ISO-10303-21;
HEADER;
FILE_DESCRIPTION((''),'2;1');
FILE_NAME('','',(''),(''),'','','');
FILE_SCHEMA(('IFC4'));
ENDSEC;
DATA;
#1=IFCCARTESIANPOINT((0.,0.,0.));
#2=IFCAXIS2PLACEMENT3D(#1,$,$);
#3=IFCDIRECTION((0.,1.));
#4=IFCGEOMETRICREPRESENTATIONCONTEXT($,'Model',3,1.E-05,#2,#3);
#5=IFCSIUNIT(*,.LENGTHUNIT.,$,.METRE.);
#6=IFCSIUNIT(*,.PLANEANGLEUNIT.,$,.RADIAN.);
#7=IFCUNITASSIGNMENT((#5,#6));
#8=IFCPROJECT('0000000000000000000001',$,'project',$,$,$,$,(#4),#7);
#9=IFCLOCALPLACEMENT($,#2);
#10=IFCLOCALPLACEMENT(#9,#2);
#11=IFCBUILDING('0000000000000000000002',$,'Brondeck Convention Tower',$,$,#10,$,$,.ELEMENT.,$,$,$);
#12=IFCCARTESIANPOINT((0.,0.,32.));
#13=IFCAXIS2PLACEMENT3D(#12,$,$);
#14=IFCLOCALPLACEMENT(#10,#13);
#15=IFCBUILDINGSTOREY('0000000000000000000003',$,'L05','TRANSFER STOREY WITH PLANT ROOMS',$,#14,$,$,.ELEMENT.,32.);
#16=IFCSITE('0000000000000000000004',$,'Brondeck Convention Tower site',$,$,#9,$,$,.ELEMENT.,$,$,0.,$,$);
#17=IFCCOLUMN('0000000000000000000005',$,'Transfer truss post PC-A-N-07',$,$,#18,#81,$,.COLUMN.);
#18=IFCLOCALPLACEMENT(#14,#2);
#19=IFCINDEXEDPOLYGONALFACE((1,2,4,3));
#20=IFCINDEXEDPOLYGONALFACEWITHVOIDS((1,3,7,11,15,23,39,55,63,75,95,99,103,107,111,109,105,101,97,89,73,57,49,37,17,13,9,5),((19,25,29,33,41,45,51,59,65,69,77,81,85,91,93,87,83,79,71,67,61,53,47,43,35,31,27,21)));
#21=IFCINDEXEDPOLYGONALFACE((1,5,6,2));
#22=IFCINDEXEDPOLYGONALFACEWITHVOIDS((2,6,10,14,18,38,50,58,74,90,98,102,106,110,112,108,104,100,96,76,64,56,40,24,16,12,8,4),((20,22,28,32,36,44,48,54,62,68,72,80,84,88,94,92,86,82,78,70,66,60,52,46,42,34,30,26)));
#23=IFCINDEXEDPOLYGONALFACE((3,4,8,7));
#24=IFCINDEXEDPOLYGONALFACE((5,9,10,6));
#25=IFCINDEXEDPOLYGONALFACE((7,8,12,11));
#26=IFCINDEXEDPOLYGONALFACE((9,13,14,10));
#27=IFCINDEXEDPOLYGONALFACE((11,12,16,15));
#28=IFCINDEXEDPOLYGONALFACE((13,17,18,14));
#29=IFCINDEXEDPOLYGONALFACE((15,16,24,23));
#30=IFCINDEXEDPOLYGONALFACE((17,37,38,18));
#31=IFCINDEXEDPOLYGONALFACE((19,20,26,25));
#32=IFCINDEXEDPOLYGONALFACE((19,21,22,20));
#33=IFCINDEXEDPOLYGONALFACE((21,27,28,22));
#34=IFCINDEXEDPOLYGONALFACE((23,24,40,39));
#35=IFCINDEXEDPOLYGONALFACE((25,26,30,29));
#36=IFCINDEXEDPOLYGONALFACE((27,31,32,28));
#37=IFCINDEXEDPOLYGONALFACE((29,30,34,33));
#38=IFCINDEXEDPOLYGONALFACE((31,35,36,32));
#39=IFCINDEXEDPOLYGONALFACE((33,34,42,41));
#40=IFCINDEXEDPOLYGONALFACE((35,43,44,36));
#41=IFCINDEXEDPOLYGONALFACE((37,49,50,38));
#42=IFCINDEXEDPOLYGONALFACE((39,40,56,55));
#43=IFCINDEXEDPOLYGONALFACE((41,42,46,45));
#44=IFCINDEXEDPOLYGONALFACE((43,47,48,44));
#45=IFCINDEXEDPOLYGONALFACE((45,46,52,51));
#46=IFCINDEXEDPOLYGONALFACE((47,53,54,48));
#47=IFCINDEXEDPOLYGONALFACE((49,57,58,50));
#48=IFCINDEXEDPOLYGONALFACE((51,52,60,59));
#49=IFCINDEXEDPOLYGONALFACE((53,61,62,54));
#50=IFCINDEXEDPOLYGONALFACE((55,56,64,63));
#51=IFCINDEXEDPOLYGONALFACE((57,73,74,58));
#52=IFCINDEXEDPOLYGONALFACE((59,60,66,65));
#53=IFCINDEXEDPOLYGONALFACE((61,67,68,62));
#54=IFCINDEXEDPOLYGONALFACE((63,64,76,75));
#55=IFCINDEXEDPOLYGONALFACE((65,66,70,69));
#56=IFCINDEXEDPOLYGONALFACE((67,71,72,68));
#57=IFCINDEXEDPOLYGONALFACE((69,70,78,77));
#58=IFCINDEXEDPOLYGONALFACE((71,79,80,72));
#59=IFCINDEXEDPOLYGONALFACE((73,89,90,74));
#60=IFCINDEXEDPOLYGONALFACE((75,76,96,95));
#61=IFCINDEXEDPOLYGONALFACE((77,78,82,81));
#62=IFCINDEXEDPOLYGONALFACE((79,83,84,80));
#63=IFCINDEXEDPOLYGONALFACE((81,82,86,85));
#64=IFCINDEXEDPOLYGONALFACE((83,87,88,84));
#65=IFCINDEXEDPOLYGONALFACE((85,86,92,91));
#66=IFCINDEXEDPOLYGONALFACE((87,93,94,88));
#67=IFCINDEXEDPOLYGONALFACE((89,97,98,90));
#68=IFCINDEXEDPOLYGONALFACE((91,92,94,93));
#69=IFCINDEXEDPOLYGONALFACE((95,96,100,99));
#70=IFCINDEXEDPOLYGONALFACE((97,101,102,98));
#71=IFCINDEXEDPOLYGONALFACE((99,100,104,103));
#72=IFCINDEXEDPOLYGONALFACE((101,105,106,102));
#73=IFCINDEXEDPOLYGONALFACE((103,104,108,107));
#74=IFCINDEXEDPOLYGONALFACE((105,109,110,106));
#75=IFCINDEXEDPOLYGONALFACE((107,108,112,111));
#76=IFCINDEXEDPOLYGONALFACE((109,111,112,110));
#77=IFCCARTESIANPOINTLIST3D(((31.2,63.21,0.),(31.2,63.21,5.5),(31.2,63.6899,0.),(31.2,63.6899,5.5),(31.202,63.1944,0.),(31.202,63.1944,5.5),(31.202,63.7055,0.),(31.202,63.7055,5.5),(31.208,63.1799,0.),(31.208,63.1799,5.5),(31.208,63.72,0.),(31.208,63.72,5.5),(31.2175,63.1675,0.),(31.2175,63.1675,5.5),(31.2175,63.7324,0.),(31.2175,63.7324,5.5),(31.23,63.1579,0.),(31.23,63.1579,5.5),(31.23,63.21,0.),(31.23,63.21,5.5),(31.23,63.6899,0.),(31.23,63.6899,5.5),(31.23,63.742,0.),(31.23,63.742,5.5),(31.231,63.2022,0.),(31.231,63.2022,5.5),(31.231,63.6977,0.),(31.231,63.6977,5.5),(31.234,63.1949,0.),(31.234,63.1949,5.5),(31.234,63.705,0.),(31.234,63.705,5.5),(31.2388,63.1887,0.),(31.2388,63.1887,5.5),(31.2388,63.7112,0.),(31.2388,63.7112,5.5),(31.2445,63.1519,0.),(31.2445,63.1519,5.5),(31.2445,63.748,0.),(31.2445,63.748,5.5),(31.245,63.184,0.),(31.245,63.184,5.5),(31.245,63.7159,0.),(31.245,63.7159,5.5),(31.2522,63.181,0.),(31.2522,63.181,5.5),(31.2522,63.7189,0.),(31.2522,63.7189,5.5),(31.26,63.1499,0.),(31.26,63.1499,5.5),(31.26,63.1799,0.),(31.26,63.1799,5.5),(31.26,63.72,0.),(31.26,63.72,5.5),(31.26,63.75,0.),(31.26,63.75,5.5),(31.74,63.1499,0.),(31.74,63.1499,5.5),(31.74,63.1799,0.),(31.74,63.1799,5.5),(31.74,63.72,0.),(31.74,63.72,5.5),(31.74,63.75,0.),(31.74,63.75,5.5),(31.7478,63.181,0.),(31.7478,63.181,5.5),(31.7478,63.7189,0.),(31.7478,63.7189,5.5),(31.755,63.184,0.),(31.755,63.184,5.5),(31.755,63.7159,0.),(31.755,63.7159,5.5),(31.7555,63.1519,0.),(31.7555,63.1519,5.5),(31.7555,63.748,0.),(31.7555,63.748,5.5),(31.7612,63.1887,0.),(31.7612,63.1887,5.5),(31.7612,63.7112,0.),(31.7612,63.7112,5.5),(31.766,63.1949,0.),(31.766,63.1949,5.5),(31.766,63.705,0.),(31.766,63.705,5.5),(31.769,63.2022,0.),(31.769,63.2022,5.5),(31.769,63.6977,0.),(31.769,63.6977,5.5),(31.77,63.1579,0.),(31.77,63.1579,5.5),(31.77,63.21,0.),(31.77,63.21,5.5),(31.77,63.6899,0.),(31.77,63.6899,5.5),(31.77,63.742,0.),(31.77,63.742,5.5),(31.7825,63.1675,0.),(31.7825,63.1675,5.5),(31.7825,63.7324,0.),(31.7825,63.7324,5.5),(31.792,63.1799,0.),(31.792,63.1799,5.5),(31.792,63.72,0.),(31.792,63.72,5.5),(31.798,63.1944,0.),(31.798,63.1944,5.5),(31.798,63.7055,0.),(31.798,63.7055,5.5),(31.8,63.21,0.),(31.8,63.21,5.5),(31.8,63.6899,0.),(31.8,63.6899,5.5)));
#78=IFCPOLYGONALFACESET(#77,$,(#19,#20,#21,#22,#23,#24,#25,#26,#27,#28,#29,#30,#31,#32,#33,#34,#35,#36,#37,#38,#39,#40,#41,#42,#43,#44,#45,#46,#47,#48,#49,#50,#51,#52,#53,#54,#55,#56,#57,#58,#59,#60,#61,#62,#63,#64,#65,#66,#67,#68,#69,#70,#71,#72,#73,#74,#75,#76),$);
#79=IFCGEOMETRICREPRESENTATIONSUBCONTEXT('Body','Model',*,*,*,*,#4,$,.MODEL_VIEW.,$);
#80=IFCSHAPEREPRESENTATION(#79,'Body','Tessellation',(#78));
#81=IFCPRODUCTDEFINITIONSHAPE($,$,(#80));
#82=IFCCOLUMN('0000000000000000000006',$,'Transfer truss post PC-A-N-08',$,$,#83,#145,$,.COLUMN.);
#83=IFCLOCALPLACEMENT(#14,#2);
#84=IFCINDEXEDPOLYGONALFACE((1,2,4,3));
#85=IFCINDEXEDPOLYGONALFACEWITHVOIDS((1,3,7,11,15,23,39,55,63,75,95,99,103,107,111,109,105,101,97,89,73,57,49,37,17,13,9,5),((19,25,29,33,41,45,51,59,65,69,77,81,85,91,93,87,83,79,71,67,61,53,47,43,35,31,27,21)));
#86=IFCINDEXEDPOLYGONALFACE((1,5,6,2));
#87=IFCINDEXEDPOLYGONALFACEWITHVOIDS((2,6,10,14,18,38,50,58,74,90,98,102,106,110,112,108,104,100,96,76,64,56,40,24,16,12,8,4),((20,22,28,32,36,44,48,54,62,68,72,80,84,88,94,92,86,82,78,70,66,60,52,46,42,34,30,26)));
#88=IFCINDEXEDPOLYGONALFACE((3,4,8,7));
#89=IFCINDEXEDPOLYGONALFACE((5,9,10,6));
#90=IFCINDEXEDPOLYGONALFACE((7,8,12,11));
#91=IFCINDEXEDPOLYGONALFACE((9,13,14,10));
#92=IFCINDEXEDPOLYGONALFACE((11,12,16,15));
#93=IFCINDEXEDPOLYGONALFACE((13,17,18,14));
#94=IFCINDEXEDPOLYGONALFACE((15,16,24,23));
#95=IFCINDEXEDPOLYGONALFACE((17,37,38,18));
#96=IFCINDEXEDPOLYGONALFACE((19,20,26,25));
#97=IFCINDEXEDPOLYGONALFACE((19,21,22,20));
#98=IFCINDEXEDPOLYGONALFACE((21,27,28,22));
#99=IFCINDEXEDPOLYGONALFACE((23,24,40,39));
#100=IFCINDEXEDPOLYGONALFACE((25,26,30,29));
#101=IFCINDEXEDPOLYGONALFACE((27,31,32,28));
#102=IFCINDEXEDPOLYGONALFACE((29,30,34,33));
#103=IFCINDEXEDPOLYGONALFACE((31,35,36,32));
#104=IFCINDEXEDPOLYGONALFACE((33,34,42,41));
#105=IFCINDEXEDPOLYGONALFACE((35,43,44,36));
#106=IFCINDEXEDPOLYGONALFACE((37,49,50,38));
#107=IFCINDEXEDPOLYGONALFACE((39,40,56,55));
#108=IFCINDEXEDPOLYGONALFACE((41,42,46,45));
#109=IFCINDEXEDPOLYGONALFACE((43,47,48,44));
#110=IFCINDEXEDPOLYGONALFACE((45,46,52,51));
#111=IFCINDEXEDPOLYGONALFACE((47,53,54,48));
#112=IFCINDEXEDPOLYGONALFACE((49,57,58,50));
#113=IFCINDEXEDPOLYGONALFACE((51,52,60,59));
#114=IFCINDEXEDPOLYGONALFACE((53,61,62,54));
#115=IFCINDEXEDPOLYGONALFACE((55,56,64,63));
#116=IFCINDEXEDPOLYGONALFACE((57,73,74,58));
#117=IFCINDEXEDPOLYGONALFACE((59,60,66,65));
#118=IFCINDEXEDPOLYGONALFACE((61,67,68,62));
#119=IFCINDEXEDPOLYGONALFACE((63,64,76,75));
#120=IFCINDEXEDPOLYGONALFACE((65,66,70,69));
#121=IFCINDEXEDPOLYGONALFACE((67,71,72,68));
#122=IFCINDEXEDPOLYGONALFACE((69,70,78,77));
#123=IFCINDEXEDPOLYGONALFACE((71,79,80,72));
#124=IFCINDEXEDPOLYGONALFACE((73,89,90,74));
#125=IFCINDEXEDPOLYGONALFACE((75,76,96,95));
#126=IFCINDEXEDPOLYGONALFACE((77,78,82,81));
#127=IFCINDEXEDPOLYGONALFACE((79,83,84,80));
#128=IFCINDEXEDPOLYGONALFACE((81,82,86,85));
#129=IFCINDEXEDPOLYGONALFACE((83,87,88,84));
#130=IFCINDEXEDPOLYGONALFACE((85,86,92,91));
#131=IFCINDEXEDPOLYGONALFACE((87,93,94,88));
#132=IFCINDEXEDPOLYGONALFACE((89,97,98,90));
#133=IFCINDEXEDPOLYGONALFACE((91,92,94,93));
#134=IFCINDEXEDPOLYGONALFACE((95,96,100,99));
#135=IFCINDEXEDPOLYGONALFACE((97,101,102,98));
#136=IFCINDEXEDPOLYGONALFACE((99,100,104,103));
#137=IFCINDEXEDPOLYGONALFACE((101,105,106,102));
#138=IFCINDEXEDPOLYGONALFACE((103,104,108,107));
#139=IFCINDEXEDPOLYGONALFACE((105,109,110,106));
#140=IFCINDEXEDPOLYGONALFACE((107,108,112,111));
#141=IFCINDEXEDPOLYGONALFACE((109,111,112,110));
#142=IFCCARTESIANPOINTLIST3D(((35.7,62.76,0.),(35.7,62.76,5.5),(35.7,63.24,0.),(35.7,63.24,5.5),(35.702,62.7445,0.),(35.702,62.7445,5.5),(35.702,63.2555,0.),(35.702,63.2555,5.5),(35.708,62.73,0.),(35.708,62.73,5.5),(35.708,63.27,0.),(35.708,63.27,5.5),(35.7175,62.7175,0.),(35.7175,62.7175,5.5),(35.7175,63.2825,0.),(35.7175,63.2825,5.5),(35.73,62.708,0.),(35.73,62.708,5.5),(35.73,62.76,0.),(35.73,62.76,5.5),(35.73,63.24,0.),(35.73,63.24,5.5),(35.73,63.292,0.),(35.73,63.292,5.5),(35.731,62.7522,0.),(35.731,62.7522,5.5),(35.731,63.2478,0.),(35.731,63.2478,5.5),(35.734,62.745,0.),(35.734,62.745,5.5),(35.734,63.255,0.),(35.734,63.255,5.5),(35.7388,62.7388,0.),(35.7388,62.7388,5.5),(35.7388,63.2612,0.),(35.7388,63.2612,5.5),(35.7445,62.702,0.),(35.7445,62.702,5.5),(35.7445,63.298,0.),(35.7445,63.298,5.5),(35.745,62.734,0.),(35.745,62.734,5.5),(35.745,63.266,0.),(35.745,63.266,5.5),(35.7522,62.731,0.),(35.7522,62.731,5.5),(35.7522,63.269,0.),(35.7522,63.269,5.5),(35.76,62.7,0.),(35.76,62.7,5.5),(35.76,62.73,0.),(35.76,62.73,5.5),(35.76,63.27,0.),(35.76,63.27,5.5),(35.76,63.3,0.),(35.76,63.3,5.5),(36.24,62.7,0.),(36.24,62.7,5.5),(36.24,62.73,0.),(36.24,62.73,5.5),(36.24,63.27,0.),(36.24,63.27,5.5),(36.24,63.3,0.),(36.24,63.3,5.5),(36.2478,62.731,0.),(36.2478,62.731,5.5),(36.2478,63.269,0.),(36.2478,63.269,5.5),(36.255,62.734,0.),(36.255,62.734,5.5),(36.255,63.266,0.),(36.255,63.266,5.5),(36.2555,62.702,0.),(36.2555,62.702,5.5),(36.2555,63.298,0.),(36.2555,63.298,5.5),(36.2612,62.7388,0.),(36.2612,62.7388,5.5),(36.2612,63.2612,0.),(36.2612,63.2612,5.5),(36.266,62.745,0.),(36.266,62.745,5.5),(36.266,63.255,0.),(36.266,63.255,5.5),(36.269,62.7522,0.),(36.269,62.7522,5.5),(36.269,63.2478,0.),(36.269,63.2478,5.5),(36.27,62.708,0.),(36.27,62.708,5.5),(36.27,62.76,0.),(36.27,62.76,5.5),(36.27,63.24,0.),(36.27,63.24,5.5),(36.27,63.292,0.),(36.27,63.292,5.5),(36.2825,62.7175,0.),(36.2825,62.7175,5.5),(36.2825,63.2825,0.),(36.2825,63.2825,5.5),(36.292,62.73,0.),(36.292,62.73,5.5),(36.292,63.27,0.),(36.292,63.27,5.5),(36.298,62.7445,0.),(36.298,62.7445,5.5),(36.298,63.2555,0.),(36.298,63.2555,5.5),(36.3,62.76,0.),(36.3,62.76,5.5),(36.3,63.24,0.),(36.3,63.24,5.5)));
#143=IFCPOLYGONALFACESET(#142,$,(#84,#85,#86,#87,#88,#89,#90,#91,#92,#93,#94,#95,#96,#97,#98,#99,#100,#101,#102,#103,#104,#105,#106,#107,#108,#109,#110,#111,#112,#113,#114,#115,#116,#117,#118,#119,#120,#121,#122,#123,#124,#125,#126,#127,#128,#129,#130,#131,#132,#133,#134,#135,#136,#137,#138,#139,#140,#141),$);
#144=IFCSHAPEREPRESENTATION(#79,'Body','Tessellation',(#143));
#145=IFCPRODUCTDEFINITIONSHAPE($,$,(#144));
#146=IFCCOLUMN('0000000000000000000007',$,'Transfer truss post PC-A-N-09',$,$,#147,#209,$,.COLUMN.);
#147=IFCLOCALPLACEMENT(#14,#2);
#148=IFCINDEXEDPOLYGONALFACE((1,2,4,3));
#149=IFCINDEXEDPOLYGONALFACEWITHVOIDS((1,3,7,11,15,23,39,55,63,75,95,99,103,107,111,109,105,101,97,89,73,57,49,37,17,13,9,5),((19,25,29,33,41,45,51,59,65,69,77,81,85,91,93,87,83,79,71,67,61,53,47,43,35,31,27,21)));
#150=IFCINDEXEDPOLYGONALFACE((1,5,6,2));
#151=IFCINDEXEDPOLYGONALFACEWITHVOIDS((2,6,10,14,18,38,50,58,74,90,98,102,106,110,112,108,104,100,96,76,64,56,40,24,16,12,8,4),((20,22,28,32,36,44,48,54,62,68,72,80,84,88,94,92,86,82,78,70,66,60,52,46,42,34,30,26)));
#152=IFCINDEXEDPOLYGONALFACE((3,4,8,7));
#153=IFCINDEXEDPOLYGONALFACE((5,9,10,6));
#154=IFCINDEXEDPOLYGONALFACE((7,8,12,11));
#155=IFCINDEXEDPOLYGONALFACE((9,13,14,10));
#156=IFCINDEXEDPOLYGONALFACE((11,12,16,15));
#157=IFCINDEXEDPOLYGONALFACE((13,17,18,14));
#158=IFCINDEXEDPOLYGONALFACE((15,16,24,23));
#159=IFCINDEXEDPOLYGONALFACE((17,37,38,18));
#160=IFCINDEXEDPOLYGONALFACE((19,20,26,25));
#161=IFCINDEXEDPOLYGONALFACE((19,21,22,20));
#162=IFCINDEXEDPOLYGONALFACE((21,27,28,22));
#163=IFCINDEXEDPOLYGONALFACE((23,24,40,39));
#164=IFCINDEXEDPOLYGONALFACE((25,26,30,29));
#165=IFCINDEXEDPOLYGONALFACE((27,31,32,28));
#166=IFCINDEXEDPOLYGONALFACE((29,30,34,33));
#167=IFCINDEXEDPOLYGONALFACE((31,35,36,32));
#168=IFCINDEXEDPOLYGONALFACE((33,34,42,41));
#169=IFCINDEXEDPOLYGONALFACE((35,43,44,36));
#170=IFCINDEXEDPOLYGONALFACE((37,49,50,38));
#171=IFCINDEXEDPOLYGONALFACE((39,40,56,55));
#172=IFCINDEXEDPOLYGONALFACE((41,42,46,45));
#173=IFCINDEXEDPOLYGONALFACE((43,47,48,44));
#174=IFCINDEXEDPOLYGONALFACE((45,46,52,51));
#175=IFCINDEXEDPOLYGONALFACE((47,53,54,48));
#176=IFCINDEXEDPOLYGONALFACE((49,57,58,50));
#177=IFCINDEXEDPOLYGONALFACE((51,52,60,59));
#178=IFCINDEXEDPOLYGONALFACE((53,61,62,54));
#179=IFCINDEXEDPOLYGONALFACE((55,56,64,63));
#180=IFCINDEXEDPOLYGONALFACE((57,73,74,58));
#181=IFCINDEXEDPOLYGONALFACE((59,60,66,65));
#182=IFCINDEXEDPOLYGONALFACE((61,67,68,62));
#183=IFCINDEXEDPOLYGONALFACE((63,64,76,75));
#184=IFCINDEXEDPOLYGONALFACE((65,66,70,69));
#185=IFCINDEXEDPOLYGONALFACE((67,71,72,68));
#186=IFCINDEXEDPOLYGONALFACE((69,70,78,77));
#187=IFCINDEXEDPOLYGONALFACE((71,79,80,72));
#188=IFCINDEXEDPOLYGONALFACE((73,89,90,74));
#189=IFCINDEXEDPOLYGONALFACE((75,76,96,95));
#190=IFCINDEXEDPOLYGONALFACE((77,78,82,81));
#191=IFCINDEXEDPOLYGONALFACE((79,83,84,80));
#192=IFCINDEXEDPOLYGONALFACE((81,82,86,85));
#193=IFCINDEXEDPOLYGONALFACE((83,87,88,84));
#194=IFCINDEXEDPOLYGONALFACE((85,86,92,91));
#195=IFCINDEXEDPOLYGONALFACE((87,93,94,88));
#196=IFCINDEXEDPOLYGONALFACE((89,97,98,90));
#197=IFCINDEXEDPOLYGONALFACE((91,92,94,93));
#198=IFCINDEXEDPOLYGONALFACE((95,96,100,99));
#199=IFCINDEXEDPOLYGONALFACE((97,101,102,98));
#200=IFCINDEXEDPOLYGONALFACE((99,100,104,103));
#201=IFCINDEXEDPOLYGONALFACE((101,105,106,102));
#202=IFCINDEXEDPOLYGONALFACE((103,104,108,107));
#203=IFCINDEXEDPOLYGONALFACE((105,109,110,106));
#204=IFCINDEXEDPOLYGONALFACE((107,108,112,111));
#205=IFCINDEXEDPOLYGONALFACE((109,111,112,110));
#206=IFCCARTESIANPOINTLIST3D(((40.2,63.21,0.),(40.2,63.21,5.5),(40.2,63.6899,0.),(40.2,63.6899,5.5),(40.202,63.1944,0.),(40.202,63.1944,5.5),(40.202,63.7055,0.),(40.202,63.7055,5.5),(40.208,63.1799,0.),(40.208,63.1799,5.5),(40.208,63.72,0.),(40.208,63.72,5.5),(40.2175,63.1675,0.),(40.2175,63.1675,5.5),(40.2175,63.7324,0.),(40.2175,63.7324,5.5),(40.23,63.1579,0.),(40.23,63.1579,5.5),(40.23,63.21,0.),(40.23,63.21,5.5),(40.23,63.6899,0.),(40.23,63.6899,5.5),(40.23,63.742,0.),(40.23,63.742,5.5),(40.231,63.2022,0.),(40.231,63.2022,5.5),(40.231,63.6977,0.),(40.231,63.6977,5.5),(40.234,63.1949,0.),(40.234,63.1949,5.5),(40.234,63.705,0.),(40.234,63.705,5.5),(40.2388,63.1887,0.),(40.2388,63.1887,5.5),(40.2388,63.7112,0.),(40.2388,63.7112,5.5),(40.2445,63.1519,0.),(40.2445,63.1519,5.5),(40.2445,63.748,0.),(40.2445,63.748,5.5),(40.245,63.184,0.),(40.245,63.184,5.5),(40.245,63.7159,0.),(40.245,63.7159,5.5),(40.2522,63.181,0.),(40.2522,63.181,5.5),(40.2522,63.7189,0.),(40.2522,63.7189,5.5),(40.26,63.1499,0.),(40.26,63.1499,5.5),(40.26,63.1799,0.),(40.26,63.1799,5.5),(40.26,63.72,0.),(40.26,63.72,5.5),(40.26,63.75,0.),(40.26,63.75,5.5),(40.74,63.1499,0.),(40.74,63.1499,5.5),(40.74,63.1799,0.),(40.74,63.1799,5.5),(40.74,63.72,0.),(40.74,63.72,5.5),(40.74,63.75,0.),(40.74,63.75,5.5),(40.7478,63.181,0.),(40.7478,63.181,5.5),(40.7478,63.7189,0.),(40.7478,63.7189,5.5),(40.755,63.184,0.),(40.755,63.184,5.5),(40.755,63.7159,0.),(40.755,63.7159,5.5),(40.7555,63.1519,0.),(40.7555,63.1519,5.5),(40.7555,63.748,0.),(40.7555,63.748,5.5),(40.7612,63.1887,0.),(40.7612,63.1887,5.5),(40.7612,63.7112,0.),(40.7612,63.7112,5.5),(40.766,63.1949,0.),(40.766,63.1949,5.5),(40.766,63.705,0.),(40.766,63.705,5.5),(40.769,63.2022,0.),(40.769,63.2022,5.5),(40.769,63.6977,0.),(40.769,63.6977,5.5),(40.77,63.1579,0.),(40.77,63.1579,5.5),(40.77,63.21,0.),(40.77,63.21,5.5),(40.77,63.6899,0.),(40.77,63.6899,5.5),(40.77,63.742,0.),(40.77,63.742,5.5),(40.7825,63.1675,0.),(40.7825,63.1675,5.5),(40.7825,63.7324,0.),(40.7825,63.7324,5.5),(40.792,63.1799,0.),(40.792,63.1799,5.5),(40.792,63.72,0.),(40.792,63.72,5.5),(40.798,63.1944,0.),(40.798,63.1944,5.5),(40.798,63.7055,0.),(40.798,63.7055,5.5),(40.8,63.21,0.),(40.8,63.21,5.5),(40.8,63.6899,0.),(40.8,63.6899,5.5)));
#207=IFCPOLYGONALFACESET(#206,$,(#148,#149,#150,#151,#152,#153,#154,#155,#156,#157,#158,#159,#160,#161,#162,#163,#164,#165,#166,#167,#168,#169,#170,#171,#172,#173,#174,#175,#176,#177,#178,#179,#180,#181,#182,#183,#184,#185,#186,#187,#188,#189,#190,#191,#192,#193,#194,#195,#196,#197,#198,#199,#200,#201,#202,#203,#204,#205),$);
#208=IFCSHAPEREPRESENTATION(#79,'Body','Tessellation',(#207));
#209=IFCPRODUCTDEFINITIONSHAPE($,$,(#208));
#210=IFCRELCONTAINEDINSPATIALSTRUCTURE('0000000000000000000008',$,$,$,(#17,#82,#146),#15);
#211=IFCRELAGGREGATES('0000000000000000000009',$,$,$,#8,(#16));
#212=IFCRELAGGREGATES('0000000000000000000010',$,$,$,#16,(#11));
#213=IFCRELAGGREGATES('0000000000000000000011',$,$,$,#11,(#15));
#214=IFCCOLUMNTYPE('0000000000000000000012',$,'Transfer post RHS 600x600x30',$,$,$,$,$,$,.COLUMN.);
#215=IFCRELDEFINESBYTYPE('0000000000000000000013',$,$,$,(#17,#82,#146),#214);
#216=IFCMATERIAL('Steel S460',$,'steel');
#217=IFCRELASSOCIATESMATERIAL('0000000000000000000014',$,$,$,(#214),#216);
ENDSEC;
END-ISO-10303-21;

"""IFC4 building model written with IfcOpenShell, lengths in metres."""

from ifc_helpers import new_model, si_unit, direction, frame, origin, origin_2d, place, context, subcontext, project, spatial, hollow_rectangle, extrude, material, material_profile, profile_set, type_object, element, save


model = new_model("IFC4")

# Units and contexts
model_context = context("Model", 3, precision=1e-05, world=origin(), true_north=direction((0.0, 1.0)))
body_context = subcontext(model_context, "Body", "Model", "MODEL_VIEW")
ifc_project = project(units=[si_unit("LENGTHUNIT", "METRE"), si_unit("PLANEANGLEUNIT", "RADIAN")], contexts=[model_context])

# Site, building, storey
site_placement = place(None, origin())
site = spatial("IfcSite", under=ifc_project, at=site_placement, Name="Brondeck Convention Tower site", CompositionType="ELEMENT", RefElevation=0.0)
building_placement = place(site_placement, origin())
building = spatial("IfcBuilding", under=site, at=building_placement, Name="Brondeck Convention Tower", CompositionType="ELEMENT")
storey_placement = place(building_placement, frame((0.0, 0.0, 32.0)))
storey = spatial("IfcBuildingStorey", under=building, at=storey_placement, Name="L05", Description="TRANSFER STOREY WITH PLANT ROOMS", CompositionType="ELEMENT", Elevation=32.0)

# Columns
ifc_material_1 = material(Name="Steel S460", Category="steel")
ifc_material_profile_1 = material_profile(ifc_material_1, hollow_rectangle(XDim=0.6001, YDim=0.6001, WallThickness=0.03, InnerFilletRadius=0.03, OuterFilletRadius=0.0601, at=origin_2d()), Name="RHS 600x600x30")
ifc_profile_set_1 = profile_set([ifc_material_profile_1], Name="Steel S460")
column_type = type_object("IfcColumnType", Name="Transfer post RHS 600x600x30", PredefinedType="COLUMN", material=ifc_profile_set_1)
for number, where, z_axis, x_axis, name in (
    (1, (31.5, 63.45, 0.0), (0.0, 0.0, 1.0), (1.0, 0.0, 0.0), "Transfer truss post PC-A-N-07"),
    (2, (36.0, 63.0, 0.0), (0.0, 0.0, 1.0), (1.0, 0.0, 0.0), "Transfer truss post PC-A-N-08"),
    (3, (40.5, 63.45, 0.0), (0.0, 0.0, 1.0), (1.0, 0.0, 0.0), "Transfer truss post PC-A-N-09"),
):
    element("IfcColumn", number, at=place(storey_placement, frame(where, z_axis=z_axis, x_axis=x_axis)), inside=storey, type_object=column_type, Name=name, PredefinedType="COLUMN", context=body_context, shape_type="SweptSolid", body=[
        extrude(hollow_rectangle(XDim=0.6001, YDim=0.6001, WallThickness=0.03, InnerFilletRadius=0.03, OuterFilletRadius=0.0601, at=origin_2d()), origin(), (0.0, 0.0, 1.0), 5.5),
    ])

save(model, "model.ifc")
